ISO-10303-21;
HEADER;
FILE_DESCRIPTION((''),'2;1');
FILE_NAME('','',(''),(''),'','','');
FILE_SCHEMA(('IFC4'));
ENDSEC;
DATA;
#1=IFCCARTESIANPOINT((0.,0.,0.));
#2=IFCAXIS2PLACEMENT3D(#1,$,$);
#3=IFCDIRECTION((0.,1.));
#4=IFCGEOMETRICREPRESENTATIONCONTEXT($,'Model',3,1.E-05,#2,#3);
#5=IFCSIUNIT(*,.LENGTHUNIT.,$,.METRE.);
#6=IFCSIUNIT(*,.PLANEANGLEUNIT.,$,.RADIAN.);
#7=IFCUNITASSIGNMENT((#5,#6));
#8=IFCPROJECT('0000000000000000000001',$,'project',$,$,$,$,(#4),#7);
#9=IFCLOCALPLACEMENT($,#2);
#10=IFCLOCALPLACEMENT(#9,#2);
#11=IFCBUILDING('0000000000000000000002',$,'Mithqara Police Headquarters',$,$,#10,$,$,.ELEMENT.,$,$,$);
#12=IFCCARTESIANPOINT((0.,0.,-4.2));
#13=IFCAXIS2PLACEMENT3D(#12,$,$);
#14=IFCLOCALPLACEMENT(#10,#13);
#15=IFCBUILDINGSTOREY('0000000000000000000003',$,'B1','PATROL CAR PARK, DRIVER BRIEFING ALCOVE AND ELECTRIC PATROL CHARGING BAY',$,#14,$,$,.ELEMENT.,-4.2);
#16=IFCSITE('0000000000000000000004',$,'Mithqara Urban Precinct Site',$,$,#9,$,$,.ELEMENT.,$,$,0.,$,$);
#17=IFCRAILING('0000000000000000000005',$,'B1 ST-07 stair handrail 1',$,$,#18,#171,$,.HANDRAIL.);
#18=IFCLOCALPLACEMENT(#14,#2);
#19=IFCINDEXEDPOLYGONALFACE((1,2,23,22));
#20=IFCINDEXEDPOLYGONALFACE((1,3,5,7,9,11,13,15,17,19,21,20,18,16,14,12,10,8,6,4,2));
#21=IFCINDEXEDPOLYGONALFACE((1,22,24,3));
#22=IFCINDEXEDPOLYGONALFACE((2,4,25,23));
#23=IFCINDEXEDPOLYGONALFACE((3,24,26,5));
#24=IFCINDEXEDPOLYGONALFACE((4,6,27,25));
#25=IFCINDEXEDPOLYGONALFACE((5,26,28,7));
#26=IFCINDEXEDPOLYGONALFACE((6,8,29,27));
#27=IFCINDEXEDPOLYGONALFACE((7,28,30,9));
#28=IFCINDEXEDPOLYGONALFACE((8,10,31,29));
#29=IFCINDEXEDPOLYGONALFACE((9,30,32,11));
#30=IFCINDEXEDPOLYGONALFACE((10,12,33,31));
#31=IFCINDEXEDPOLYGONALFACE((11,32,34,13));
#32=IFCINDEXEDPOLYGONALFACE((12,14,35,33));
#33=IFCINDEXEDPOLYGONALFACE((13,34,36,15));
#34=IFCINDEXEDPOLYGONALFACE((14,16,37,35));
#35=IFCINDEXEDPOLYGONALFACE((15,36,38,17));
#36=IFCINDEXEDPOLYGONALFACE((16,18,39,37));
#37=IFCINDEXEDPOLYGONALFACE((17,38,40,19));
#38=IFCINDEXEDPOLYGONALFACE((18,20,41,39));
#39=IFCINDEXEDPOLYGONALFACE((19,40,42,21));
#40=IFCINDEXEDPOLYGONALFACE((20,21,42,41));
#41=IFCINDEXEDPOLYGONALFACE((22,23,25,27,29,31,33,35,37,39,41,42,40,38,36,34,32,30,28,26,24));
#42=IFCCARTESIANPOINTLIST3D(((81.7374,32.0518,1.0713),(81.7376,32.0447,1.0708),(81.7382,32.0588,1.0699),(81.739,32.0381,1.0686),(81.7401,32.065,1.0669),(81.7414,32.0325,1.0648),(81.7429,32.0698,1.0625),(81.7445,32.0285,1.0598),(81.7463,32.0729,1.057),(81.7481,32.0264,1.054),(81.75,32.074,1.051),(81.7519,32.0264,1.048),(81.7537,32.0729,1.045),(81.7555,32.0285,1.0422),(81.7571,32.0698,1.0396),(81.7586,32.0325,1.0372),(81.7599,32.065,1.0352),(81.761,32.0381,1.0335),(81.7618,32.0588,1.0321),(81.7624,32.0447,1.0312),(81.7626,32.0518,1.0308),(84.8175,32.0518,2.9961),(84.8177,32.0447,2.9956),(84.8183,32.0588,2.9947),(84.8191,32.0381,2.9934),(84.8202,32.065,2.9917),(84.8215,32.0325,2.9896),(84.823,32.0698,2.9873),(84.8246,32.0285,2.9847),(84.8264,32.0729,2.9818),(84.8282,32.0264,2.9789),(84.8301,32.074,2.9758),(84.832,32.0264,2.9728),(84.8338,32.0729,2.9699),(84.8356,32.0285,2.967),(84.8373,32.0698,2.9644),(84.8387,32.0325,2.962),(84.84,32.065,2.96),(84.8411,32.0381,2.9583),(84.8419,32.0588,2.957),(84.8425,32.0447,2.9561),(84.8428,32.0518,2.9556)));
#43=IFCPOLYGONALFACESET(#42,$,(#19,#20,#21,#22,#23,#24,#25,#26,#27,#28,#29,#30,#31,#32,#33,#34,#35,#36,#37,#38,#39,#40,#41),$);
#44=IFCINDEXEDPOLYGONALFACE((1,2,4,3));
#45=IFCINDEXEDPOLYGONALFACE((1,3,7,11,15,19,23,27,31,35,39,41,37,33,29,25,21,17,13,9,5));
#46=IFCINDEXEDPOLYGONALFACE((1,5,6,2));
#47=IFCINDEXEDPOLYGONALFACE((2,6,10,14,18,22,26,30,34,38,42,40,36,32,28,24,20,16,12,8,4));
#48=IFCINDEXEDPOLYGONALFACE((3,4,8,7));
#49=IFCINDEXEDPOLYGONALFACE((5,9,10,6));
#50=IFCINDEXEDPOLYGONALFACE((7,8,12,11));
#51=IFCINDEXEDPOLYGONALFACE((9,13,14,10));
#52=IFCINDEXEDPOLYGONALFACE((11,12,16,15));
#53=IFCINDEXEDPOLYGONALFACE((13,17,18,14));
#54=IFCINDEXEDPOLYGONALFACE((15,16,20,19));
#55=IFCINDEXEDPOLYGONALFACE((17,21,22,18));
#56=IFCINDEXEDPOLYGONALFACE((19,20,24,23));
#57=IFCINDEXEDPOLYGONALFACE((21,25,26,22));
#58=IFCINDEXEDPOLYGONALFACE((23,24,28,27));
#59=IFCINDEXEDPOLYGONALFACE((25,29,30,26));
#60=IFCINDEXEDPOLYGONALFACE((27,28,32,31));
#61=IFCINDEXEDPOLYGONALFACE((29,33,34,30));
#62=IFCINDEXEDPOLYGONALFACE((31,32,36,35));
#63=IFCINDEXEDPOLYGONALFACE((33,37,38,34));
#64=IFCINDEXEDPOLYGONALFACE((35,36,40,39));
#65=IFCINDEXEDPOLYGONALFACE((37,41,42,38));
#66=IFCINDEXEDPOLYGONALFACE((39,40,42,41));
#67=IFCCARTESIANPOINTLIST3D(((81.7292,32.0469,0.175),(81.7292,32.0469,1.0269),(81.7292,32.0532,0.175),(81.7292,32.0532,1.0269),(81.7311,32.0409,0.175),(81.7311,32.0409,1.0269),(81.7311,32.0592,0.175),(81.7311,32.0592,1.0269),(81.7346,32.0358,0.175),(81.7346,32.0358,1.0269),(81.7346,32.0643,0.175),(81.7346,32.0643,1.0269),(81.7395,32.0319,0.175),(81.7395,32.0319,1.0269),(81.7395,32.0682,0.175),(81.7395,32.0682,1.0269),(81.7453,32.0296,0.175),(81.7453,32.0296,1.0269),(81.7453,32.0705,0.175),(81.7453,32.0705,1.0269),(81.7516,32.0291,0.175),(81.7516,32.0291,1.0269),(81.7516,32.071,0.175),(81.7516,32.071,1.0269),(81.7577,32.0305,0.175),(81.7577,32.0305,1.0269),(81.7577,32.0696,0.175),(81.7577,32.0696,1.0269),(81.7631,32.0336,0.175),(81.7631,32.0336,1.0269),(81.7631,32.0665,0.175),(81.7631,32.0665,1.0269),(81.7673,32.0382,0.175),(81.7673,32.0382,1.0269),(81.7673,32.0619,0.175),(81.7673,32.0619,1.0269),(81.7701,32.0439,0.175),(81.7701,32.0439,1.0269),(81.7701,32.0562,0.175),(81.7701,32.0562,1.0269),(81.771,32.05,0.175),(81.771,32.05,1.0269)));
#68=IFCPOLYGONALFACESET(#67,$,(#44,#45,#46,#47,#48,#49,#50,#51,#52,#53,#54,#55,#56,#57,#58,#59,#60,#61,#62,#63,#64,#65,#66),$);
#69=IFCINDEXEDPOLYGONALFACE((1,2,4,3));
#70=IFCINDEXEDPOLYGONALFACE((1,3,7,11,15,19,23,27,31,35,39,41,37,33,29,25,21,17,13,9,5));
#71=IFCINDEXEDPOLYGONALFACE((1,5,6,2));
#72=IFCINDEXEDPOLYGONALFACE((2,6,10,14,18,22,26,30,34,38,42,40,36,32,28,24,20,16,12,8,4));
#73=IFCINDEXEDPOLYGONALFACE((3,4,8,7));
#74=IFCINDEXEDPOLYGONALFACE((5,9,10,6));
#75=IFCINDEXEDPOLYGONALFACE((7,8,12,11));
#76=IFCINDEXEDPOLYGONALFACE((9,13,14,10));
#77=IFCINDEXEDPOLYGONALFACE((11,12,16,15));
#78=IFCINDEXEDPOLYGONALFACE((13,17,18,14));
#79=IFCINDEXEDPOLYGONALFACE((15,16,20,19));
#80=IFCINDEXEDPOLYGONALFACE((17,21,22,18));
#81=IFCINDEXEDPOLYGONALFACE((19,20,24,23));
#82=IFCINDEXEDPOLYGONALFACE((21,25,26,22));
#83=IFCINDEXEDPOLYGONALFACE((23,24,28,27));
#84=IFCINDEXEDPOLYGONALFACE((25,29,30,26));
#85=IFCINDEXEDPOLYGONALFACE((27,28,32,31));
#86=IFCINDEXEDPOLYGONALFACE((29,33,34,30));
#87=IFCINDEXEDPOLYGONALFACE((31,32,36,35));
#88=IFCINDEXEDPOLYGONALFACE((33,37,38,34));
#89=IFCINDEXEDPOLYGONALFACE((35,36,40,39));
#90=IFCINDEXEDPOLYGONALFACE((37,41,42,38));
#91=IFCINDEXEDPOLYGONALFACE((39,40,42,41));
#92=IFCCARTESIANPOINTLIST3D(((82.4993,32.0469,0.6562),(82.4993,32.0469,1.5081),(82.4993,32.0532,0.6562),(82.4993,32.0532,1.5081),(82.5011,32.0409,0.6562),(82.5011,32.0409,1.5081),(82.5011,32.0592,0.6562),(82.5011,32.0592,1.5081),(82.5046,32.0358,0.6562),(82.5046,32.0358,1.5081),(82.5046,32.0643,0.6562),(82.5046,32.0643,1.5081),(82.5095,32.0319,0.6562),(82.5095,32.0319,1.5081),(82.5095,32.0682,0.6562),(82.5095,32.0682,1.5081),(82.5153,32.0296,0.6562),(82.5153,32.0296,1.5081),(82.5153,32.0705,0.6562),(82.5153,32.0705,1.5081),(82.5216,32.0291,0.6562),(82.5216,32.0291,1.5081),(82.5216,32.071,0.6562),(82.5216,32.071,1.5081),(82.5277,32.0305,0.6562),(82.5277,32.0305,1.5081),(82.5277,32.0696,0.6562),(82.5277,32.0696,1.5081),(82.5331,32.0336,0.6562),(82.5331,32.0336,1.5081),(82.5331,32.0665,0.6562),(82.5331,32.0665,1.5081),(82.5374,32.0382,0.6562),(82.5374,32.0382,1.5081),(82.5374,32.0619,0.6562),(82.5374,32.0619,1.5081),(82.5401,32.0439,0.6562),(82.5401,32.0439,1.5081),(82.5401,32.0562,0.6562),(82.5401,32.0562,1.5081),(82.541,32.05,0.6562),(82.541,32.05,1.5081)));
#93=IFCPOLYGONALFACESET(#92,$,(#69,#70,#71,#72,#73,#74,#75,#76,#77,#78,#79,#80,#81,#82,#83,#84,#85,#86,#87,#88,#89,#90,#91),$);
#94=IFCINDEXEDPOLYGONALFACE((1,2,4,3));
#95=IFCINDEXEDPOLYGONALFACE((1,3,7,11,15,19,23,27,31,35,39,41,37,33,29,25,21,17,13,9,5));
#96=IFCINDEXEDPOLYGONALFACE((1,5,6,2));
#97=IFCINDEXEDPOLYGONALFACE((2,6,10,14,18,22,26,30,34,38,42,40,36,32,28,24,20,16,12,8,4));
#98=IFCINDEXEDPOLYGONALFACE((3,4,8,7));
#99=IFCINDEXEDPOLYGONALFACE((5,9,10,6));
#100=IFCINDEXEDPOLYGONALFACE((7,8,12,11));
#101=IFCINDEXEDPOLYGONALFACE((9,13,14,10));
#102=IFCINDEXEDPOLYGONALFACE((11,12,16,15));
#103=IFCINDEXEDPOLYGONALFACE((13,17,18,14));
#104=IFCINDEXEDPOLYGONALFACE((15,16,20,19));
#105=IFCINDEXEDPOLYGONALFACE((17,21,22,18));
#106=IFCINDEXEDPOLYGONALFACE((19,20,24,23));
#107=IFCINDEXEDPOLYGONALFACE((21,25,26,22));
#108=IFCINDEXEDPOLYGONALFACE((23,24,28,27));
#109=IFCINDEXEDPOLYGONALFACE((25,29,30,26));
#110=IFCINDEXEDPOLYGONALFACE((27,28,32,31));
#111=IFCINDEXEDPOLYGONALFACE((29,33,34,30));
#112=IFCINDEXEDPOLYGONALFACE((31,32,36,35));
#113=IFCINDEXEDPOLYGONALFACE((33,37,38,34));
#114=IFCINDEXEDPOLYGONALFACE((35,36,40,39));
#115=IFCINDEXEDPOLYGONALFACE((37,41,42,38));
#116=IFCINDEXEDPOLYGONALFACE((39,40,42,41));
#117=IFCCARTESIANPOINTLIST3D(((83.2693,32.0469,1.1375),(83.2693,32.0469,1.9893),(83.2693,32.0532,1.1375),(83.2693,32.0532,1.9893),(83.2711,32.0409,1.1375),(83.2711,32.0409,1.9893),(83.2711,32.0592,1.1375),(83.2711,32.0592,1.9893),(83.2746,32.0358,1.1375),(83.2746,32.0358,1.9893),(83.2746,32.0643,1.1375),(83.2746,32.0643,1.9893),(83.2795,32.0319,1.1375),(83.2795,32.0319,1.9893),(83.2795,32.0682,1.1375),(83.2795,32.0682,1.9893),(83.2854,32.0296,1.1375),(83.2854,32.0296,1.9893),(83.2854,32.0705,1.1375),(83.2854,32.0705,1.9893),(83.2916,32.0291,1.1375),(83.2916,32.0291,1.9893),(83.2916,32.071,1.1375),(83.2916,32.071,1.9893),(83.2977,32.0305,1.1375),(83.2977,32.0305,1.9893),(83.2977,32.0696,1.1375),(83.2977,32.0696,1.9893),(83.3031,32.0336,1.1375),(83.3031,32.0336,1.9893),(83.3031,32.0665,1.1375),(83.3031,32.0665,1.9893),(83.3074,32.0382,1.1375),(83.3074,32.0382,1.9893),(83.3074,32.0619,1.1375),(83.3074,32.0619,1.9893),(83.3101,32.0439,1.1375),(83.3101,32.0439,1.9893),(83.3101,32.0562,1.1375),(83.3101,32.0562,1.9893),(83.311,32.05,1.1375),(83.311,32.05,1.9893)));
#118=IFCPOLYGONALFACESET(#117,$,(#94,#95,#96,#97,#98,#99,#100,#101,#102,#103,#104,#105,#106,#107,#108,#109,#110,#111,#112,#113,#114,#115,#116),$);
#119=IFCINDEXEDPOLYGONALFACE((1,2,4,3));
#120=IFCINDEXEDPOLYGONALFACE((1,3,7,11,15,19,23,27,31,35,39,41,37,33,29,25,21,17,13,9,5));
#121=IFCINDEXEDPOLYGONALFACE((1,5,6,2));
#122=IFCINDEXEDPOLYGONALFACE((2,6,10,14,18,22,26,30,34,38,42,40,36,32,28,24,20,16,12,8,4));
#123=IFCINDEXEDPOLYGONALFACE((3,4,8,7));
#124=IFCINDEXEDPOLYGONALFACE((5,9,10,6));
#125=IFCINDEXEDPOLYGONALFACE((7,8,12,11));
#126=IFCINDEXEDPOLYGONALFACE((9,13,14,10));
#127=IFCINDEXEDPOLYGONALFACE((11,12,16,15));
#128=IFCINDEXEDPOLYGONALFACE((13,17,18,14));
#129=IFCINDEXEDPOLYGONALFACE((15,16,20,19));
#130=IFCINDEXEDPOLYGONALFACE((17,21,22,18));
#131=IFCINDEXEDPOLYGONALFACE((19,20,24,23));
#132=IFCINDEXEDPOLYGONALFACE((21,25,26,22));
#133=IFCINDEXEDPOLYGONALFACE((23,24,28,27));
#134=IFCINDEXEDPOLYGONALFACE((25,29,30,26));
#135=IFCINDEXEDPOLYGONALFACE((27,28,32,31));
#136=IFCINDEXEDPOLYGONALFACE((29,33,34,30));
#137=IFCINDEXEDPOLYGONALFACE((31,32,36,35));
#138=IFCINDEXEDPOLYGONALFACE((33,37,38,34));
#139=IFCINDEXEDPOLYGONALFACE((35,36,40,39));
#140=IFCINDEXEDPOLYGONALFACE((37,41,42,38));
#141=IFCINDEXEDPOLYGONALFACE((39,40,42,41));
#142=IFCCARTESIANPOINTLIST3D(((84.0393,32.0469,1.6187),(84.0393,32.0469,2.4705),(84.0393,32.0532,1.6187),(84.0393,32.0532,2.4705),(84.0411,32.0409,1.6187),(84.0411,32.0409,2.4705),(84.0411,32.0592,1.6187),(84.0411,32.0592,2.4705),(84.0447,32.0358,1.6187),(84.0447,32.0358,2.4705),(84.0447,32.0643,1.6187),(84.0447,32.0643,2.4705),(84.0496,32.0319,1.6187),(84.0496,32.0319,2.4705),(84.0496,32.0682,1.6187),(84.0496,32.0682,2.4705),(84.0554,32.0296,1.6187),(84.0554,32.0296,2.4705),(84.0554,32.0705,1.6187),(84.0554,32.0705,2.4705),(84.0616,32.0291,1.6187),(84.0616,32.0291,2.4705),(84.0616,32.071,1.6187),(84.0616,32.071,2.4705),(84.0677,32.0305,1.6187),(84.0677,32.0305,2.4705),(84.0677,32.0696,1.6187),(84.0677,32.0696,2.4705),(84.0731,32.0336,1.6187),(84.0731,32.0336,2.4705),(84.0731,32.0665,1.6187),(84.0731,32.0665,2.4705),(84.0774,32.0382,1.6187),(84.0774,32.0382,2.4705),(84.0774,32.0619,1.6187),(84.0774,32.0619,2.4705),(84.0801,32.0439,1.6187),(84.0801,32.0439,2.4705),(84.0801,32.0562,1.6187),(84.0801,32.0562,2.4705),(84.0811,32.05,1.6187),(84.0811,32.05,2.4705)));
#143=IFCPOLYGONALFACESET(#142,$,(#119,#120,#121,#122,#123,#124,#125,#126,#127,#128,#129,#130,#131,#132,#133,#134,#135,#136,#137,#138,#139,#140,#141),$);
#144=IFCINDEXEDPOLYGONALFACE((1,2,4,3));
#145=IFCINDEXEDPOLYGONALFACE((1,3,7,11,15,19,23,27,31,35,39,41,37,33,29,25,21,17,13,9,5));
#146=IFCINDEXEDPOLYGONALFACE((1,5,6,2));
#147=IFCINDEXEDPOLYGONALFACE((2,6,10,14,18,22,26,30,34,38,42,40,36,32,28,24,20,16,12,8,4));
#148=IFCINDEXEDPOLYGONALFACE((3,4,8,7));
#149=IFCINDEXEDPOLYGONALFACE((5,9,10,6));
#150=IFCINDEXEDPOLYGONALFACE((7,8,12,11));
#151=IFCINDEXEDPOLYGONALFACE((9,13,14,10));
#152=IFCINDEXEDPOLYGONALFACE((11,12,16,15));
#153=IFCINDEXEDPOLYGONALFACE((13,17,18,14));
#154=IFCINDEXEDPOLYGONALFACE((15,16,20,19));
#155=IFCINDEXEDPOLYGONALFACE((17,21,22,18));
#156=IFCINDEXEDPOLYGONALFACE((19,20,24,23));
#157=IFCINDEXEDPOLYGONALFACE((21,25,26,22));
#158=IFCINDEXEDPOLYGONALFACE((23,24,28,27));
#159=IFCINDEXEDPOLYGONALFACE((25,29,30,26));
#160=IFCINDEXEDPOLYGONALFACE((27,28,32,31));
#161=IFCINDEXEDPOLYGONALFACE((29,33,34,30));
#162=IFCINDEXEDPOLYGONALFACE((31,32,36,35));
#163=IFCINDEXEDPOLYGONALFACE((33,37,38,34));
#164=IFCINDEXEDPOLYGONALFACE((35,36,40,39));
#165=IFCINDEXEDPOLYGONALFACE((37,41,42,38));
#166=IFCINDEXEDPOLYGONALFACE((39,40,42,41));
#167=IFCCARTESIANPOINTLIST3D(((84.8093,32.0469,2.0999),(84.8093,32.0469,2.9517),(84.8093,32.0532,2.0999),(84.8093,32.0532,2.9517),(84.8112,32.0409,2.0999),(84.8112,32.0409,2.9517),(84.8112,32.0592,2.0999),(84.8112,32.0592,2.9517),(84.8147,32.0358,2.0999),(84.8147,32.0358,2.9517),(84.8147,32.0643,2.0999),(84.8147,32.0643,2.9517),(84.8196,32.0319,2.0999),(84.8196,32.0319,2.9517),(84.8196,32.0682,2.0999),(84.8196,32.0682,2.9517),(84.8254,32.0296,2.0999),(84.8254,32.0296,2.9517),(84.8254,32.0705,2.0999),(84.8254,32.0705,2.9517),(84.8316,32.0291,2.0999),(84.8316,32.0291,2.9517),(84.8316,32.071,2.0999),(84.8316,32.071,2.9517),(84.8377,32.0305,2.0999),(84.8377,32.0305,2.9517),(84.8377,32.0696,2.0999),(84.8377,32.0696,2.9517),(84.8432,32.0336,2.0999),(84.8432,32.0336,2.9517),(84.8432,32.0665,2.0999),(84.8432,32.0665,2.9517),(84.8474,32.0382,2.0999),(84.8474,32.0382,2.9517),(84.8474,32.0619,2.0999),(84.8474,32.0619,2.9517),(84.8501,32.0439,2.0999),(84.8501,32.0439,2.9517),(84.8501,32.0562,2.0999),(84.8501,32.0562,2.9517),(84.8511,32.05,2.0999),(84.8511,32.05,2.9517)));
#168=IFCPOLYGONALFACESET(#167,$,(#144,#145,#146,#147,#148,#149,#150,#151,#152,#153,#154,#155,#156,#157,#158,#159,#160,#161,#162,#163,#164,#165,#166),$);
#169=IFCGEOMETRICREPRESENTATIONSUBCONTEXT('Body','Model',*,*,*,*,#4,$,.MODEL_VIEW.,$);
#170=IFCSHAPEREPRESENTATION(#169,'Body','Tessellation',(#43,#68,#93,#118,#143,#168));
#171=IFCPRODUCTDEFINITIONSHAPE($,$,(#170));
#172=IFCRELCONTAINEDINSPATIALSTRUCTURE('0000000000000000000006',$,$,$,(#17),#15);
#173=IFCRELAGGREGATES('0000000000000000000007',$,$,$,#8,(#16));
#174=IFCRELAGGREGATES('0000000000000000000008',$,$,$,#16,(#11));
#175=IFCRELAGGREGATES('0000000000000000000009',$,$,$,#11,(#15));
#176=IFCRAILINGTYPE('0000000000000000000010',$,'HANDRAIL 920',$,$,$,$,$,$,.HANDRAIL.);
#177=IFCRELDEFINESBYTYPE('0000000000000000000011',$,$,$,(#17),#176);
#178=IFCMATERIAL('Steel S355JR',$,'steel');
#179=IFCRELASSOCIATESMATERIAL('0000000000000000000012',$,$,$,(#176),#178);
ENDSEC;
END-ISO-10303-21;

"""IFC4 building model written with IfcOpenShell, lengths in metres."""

from ifc_helpers import new_model, si_unit, direction, frame, origin, origin_2d, place, context, subcontext, project, spatial, circle, extrude, material, type_object, element, save


model = new_model("IFC4")

# Units and contexts
model_context = context("Model", 3, precision=1e-05, world=origin(), true_north=direction((0.0, 1.0)))
body_context = subcontext(model_context, "Body", "Model", "MODEL_VIEW")
ifc_project = project(units=[si_unit("LENGTHUNIT", "METRE"), si_unit("PLANEANGLEUNIT", "RADIAN")], contexts=[model_context])

# Site, building, storey
site_placement = place(None, origin())
site = spatial("IfcSite", under=ifc_project, at=site_placement, Name="Mithqara Urban Precinct Site", CompositionType="ELEMENT", RefElevation=0.0)
building_placement = place(site_placement, origin())
building = spatial("IfcBuilding", under=site, at=building_placement, Name="Mithqara Police Headquarters", CompositionType="ELEMENT")
storey_placement = place(building_placement, frame((0.0, 0.0, -4.2)))
storey = spatial("IfcBuildingStorey", under=building, at=storey_placement, Name="B1", Description="PATROL CAR PARK, DRIVER BRIEFING ALCOVE AND ELECTRIC PATROL CHARGING BAY", CompositionType="ELEMENT", Elevation=-4.2)

# Railing
ifc_material_1 = material(Name="Steel S355JR", Category="steel")
railing_type_1 = type_object("IfcRailingType", Name="HANDRAIL 920", PredefinedType="HANDRAIL", material=ifc_material_1)
railing_1_placement = place(storey_placement, frame((81.75, 32.05, 0.175)))
element("IfcRailing", 1, at=railing_1_placement, inside=storey, type_object=railing_type_1, Name="B1 ST-07 stair handrail 1", PredefinedType="HANDRAIL", context=body_context, shape_type="SweptSolid", body=[
    extrude(circle(Radius=0.0239, at=origin_2d()), frame((0.0, 0.0, 0.876), z_axis=(0.848029, 0.0, 0.529951), x_axis=(0.0, 1.0, 0.0)), (0.0, 0.0, 1.0), 3.6321),
    extrude(circle(Radius=0.021, at=origin_2d()), origin(), (0.0, 0.0, 1.0), 0.8518),
    extrude(circle(Radius=0.021, at=origin_2d()), frame((0.77, 0.0, 0.4812)), (0.0, 0.0, 1.0), 0.8518),
    extrude(circle(Radius=0.021, at=origin_2d()), frame((1.54, 0.0, 0.9624)), (0.0, 0.0, 1.0), 0.8518),
    extrude(circle(Radius=0.021, at=origin_2d()), frame((2.3101, 0.0, 1.4436)), (0.0, 0.0, 1.0), 0.8518),
    extrude(circle(Radius=0.021, at=origin_2d()), frame((3.0801, 0.0, 1.9248)), (0.0, 0.0, 1.0), 0.8518),
])

save(model, "model.ifc")
